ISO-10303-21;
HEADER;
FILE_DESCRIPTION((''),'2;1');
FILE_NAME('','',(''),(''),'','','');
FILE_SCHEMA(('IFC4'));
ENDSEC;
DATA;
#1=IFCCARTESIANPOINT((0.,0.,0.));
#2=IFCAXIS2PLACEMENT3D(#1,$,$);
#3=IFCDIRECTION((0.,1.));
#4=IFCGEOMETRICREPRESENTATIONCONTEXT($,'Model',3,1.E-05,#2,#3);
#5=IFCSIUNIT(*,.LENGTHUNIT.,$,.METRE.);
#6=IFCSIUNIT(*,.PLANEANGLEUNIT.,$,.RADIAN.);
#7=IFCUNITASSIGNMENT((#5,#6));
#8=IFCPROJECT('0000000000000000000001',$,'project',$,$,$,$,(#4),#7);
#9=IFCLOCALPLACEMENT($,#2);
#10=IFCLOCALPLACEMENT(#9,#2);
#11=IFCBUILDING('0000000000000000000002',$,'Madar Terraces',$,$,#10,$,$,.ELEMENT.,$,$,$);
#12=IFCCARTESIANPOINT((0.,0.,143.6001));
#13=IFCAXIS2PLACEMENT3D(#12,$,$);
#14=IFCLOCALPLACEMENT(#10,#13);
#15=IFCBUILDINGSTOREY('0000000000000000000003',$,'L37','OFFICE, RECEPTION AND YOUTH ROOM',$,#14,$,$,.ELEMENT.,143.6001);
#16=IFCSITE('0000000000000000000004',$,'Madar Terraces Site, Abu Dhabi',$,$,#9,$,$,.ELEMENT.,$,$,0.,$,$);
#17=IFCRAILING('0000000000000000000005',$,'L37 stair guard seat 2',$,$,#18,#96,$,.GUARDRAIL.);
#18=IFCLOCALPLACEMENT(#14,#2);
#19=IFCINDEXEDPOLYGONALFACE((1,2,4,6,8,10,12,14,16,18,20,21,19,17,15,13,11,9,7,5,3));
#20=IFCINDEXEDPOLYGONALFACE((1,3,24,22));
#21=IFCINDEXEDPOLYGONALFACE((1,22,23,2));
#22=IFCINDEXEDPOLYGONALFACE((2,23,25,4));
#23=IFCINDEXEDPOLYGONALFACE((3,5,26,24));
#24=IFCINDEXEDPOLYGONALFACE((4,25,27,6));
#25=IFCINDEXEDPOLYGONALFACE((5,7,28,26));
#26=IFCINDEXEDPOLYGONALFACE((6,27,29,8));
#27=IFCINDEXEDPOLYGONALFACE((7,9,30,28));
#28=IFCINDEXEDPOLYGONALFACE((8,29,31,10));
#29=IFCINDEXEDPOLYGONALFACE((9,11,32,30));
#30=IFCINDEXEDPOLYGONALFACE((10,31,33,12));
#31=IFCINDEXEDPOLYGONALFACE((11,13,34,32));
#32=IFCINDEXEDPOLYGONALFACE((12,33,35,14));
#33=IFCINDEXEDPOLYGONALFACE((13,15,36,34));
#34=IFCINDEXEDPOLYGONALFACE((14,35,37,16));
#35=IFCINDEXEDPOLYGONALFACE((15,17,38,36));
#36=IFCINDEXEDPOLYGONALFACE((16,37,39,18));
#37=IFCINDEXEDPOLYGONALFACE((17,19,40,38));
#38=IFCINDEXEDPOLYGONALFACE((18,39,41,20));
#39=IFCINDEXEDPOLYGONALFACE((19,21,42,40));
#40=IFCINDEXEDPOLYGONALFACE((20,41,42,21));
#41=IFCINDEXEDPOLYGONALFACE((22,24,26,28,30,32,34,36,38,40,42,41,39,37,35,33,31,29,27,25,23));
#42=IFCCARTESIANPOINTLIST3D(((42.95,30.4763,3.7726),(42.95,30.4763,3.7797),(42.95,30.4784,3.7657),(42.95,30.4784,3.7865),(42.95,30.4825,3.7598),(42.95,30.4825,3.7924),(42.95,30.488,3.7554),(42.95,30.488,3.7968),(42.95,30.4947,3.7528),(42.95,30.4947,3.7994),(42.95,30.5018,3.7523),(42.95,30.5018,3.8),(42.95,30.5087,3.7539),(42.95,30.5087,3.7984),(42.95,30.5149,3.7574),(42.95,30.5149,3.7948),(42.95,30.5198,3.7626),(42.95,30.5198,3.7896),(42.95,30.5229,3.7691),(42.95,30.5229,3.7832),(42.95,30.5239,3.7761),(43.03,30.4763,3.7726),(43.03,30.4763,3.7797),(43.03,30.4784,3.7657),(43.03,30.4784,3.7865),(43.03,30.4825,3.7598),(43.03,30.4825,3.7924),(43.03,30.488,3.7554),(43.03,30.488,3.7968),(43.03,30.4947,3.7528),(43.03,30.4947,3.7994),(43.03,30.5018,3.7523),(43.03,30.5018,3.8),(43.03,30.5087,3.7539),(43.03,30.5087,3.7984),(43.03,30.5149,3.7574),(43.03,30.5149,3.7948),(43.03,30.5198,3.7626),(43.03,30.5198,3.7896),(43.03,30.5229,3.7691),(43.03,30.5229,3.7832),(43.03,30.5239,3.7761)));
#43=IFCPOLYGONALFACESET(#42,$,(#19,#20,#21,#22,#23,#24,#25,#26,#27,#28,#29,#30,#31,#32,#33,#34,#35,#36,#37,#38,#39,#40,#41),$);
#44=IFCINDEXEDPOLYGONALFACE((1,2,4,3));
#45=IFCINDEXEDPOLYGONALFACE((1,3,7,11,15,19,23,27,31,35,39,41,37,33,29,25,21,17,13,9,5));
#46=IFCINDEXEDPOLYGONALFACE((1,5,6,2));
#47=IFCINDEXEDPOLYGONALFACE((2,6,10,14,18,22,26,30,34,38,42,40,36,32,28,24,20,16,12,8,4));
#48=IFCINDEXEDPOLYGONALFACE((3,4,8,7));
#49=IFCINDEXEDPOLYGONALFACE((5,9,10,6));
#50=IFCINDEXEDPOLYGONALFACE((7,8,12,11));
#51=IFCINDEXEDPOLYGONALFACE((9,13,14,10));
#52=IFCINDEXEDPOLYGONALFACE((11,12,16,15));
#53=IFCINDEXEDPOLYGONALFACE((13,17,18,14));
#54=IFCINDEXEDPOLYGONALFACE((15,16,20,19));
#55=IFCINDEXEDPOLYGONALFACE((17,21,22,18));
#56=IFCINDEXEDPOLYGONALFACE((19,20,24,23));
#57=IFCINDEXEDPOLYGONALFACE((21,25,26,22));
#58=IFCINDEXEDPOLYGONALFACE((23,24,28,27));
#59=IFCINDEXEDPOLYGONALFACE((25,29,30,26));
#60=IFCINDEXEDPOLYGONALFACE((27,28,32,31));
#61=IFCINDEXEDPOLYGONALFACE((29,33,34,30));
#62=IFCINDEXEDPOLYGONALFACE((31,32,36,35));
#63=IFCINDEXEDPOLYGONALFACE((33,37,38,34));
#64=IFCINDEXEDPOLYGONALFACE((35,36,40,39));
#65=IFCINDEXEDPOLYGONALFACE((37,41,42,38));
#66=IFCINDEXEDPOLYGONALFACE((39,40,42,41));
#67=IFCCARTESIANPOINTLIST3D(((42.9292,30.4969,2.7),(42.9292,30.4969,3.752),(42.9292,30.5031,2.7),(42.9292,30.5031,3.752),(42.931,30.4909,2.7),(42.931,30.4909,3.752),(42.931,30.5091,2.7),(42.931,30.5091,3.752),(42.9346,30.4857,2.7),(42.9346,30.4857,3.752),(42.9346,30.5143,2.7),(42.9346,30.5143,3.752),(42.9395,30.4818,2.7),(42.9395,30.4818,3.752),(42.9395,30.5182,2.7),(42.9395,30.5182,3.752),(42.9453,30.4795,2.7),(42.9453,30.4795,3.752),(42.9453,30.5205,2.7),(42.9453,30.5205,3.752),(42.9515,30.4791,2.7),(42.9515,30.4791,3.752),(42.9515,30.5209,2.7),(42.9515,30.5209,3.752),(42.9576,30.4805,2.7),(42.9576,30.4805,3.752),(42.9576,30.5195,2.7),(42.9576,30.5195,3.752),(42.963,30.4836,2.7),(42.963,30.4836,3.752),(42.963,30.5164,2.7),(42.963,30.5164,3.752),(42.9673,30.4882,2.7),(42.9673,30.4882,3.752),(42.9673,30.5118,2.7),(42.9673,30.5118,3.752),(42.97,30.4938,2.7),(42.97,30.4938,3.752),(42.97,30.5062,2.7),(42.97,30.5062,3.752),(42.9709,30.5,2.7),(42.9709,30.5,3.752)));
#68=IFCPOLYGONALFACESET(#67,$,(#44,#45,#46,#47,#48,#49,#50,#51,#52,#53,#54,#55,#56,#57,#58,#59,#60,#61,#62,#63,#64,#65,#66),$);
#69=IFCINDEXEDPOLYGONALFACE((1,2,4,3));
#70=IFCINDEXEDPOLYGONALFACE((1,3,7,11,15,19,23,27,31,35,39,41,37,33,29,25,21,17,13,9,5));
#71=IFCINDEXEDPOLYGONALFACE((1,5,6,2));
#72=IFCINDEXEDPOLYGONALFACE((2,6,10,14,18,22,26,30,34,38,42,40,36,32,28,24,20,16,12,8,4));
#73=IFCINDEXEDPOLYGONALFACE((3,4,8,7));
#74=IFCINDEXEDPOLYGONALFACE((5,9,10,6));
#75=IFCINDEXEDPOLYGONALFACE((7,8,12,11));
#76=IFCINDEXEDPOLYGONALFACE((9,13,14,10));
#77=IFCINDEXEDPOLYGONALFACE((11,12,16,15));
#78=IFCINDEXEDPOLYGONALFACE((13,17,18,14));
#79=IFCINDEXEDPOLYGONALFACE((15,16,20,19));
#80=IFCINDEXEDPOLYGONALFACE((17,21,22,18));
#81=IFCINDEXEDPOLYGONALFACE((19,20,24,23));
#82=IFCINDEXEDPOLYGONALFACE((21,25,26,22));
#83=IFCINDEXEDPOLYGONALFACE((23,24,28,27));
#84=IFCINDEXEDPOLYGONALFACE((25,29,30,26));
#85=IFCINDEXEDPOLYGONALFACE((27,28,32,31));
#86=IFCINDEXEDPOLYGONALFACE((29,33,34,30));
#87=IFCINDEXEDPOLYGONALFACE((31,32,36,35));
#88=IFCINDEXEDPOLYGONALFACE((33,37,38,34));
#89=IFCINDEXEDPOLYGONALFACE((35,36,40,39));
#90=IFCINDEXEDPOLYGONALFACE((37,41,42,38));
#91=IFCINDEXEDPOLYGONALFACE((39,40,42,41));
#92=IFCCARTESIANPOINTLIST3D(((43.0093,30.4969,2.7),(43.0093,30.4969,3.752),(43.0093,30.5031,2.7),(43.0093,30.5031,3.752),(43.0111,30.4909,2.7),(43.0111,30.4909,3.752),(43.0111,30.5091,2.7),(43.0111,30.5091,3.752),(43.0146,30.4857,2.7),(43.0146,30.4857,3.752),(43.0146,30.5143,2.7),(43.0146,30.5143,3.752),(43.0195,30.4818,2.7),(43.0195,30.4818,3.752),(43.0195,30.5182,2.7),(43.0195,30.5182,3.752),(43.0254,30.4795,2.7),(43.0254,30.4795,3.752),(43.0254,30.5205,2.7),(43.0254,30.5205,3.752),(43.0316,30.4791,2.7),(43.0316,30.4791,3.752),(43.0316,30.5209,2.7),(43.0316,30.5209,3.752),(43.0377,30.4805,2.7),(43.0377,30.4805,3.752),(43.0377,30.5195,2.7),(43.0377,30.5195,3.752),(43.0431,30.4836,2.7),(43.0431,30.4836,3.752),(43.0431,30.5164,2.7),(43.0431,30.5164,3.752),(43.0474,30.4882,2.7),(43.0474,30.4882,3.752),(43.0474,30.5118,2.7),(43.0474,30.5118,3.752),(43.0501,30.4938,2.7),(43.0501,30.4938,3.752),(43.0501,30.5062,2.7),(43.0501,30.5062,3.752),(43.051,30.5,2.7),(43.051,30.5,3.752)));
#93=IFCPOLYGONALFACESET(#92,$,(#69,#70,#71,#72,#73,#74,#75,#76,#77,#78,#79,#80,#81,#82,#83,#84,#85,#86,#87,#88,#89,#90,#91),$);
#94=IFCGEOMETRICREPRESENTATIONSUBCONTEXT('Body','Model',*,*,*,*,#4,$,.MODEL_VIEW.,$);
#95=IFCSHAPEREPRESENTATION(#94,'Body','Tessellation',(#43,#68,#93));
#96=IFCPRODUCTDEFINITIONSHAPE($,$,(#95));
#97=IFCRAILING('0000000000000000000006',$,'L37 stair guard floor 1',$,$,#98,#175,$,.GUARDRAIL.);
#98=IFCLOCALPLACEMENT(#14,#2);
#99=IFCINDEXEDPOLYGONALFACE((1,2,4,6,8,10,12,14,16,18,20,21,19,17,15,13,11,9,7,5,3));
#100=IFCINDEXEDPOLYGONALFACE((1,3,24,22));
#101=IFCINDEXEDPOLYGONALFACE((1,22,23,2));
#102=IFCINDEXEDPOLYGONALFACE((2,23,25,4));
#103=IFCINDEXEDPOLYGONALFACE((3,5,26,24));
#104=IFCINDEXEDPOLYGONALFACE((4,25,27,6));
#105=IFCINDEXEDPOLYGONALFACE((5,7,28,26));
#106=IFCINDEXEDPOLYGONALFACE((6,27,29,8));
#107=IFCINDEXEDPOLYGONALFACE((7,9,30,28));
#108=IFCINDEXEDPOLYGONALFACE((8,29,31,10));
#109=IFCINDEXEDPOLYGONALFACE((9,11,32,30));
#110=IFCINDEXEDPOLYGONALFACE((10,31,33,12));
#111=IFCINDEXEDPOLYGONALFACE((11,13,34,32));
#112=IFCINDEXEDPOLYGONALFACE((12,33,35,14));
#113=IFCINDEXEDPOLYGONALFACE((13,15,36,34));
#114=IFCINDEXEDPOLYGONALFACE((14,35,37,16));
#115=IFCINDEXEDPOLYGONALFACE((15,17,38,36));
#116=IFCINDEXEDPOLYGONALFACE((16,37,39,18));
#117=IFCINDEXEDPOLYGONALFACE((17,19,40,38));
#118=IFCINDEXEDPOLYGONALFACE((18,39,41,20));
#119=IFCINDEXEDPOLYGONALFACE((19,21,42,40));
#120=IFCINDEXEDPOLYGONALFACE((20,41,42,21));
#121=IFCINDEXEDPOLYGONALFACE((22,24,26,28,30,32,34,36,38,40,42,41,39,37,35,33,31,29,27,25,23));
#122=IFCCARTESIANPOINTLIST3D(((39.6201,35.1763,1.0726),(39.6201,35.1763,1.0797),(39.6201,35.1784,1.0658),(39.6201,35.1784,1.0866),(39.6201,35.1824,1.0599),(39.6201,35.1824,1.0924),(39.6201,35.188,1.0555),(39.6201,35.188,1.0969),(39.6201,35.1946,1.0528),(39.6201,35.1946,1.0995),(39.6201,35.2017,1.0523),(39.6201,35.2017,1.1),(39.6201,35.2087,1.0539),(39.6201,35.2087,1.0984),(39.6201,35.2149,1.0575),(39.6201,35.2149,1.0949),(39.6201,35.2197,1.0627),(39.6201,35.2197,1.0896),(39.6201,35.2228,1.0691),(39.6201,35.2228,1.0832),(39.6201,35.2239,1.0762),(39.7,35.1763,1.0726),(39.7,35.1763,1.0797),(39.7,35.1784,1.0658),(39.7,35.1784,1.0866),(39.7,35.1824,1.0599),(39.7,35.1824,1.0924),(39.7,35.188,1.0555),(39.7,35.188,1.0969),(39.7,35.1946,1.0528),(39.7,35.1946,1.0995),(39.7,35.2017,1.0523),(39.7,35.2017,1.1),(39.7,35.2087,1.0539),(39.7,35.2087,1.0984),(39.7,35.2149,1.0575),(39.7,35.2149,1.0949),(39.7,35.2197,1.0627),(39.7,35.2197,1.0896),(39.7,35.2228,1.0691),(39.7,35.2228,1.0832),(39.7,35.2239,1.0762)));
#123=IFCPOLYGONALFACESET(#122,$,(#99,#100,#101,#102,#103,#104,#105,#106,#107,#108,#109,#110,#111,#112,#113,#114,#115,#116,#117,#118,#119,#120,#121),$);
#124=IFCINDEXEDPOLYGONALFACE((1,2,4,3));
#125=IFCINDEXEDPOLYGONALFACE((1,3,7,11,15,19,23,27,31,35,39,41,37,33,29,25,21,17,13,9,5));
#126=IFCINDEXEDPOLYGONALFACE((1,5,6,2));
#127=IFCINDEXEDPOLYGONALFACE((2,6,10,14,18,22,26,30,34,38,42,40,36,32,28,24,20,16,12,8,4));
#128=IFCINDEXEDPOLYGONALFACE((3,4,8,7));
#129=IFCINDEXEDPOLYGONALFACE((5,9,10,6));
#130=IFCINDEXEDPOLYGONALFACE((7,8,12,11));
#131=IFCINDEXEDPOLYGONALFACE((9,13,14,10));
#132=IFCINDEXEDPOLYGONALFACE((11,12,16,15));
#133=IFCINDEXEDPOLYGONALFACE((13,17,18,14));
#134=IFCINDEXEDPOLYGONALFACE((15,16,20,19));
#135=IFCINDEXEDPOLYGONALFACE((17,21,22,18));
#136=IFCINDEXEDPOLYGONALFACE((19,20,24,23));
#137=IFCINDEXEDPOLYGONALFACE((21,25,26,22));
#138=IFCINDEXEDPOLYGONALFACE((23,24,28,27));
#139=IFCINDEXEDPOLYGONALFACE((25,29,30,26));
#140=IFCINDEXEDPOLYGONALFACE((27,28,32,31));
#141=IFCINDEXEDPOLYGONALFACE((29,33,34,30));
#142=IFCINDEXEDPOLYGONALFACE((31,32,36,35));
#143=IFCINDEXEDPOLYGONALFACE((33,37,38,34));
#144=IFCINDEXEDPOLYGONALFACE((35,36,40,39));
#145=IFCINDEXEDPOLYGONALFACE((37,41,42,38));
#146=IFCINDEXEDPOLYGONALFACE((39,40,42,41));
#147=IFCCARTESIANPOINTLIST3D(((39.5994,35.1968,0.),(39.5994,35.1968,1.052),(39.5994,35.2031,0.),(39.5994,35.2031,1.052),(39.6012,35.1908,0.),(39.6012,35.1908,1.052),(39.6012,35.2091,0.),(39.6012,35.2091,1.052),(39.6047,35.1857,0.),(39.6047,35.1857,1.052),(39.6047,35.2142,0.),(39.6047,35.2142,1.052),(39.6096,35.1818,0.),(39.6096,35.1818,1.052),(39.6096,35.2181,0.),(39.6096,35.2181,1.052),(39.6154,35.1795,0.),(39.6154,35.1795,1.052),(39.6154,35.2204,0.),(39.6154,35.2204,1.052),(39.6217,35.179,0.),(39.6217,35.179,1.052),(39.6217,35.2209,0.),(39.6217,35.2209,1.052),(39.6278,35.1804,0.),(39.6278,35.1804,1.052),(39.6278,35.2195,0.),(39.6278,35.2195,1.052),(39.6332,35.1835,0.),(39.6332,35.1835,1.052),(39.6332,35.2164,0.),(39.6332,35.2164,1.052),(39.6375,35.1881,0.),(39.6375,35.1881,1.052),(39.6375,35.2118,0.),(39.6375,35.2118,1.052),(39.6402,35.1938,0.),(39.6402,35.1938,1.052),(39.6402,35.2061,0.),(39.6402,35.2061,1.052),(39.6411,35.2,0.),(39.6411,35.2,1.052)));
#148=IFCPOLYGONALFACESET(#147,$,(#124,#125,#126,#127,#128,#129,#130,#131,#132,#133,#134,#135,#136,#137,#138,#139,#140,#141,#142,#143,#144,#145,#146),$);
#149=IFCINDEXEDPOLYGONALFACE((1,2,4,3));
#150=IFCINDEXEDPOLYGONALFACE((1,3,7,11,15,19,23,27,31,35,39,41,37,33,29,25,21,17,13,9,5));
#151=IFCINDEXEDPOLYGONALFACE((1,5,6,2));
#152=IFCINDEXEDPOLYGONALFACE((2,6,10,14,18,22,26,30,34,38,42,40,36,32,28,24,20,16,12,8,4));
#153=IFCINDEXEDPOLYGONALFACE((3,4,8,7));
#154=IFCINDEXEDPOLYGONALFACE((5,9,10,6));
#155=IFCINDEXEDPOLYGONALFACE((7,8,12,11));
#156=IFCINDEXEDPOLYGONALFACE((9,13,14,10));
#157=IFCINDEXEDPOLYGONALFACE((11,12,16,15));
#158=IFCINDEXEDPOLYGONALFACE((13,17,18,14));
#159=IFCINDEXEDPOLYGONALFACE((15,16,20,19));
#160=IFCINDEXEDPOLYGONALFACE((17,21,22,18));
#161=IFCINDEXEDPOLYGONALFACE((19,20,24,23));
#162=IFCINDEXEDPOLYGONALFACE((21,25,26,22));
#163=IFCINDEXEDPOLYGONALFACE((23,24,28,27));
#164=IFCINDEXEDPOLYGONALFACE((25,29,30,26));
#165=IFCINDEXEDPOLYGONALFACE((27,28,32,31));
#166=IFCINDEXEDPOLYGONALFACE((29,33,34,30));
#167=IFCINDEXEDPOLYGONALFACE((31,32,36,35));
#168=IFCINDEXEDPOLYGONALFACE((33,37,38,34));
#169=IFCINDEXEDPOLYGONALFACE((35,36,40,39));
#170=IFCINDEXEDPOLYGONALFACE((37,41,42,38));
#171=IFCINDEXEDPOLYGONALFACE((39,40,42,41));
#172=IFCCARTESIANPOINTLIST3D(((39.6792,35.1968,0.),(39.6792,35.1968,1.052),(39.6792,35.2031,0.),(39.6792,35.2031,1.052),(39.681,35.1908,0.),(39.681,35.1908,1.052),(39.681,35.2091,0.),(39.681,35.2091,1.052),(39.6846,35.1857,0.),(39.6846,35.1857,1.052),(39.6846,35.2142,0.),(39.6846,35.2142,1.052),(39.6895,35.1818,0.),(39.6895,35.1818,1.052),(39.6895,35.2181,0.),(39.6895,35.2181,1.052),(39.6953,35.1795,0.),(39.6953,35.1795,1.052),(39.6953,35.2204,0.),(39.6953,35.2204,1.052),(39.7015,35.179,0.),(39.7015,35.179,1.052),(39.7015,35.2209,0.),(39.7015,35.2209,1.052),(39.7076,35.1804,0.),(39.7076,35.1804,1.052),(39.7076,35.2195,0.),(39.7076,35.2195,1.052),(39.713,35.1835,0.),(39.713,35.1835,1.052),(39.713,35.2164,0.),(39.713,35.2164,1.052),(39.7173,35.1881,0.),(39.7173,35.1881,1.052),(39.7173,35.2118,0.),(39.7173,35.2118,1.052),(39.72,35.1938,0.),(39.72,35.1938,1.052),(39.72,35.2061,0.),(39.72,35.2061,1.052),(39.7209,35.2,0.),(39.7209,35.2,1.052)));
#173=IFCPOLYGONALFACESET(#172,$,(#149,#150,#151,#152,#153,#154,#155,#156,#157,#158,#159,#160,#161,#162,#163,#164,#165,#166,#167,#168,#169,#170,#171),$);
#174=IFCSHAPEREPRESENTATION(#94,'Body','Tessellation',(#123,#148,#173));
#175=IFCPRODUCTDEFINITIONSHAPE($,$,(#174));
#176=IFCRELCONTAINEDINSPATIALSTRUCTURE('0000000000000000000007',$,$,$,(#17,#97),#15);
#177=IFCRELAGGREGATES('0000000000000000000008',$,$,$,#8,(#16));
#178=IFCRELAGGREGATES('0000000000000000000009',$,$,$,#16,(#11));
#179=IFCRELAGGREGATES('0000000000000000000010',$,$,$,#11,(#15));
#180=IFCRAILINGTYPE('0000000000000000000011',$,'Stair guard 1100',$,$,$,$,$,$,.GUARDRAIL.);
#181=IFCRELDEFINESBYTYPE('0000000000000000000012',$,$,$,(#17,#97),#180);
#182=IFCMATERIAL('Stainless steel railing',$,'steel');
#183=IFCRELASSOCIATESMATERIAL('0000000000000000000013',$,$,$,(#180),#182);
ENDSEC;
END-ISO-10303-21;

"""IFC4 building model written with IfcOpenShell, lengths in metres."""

from ifc_helpers import new_model, si_unit, direction, frame, origin, origin_2d, place, context, subcontext, project, spatial, circle, extrude, material, type_object, element, save


model = new_model("IFC4")

# Units and contexts
model_context = context("Model", 3, precision=1e-05, world=origin(), true_north=direction((0.0, 1.0)))
body_context = subcontext(model_context, "Body", "Model", "MODEL_VIEW")
ifc_project = project(units=[si_unit("LENGTHUNIT", "METRE"), si_unit("PLANEANGLEUNIT", "RADIAN")], contexts=[model_context])

# Site, building, storey
site_placement = place(None, origin())
site = spatial("IfcSite", under=ifc_project, at=site_placement, Name="Madar Terraces Site, Abu Dhabi", CompositionType="ELEMENT", RefElevation=0.0)
building_placement = place(site_placement, origin())
building = spatial("IfcBuilding", under=site, at=building_placement, Name="Madar Terraces", CompositionType="ELEMENT")
storey_placement = place(building_placement, frame((0.0, 0.0, 143.6001)))
storey = spatial("IfcBuildingStorey", under=building, at=storey_placement, Name="L37", Description="OFFICE, RECEPTION AND YOUTH ROOM", CompositionType="ELEMENT", Elevation=143.6001)

# Railings
ifc_material_1 = material(Name="Stainless steel railing", Category="steel")
railing_type_1 = type_object("IfcRailingType", Name="Stair guard 1100", PredefinedType="GUARDRAIL", material=ifc_material_1)
railing_1_placement = place(storey_placement, frame((42.95, 30.5, 2.7)))
element("IfcRailing", 1, at=railing_1_placement, inside=storey, type_object=railing_type_1, Name="L37 stair guard seat 2", PredefinedType="GUARDRAIL", context=body_context, shape_type="SweptSolid", body=[
    extrude(circle(Radius=0.0239, at=origin_2d()), frame((0.0, 0.0, 1.0762), z_axis=(1.0, 0.0, 0.0), x_axis=(0.0, 1.0, 0.0)), (0.0, 0.0, 1.0), 0.0801),
    extrude(circle(Radius=0.021, at=origin_2d()), origin(), (0.0, 0.0, 1.0), 1.052),
    extrude(circle(Radius=0.021, at=origin_2d()), frame((0.0801, 0.0, 0.0)), (0.0, 0.0, 1.0), 1.052),
])
railing_2_placement = place(storey_placement, frame((39.6201, 35.2, 0.0)))
element("IfcRailing", 2, at=railing_2_placement, inside=storey, type_object=railing_type_1, Name="L37 stair guard floor 1", PredefinedType="GUARDRAIL", context=body_context, shape_type="SweptSolid", body=[
    extrude(circle(Radius=0.0239, at=origin_2d()), frame((0.0, 0.0, 1.0762), z_axis=(1.0, 0.0, 0.0), x_axis=(0.0, 1.0, 0.0)), (0.0, 0.0, 1.0), 0.0798),
    extrude(circle(Radius=0.021, at=origin_2d()), origin(), (0.0, 0.0, 1.0), 1.052),
    extrude(circle(Radius=0.021, at=origin_2d()), frame((0.0798, 0.0, 0.0)), (0.0, 0.0, 1.0), 1.052),
])

save(model, "model.ifc")
